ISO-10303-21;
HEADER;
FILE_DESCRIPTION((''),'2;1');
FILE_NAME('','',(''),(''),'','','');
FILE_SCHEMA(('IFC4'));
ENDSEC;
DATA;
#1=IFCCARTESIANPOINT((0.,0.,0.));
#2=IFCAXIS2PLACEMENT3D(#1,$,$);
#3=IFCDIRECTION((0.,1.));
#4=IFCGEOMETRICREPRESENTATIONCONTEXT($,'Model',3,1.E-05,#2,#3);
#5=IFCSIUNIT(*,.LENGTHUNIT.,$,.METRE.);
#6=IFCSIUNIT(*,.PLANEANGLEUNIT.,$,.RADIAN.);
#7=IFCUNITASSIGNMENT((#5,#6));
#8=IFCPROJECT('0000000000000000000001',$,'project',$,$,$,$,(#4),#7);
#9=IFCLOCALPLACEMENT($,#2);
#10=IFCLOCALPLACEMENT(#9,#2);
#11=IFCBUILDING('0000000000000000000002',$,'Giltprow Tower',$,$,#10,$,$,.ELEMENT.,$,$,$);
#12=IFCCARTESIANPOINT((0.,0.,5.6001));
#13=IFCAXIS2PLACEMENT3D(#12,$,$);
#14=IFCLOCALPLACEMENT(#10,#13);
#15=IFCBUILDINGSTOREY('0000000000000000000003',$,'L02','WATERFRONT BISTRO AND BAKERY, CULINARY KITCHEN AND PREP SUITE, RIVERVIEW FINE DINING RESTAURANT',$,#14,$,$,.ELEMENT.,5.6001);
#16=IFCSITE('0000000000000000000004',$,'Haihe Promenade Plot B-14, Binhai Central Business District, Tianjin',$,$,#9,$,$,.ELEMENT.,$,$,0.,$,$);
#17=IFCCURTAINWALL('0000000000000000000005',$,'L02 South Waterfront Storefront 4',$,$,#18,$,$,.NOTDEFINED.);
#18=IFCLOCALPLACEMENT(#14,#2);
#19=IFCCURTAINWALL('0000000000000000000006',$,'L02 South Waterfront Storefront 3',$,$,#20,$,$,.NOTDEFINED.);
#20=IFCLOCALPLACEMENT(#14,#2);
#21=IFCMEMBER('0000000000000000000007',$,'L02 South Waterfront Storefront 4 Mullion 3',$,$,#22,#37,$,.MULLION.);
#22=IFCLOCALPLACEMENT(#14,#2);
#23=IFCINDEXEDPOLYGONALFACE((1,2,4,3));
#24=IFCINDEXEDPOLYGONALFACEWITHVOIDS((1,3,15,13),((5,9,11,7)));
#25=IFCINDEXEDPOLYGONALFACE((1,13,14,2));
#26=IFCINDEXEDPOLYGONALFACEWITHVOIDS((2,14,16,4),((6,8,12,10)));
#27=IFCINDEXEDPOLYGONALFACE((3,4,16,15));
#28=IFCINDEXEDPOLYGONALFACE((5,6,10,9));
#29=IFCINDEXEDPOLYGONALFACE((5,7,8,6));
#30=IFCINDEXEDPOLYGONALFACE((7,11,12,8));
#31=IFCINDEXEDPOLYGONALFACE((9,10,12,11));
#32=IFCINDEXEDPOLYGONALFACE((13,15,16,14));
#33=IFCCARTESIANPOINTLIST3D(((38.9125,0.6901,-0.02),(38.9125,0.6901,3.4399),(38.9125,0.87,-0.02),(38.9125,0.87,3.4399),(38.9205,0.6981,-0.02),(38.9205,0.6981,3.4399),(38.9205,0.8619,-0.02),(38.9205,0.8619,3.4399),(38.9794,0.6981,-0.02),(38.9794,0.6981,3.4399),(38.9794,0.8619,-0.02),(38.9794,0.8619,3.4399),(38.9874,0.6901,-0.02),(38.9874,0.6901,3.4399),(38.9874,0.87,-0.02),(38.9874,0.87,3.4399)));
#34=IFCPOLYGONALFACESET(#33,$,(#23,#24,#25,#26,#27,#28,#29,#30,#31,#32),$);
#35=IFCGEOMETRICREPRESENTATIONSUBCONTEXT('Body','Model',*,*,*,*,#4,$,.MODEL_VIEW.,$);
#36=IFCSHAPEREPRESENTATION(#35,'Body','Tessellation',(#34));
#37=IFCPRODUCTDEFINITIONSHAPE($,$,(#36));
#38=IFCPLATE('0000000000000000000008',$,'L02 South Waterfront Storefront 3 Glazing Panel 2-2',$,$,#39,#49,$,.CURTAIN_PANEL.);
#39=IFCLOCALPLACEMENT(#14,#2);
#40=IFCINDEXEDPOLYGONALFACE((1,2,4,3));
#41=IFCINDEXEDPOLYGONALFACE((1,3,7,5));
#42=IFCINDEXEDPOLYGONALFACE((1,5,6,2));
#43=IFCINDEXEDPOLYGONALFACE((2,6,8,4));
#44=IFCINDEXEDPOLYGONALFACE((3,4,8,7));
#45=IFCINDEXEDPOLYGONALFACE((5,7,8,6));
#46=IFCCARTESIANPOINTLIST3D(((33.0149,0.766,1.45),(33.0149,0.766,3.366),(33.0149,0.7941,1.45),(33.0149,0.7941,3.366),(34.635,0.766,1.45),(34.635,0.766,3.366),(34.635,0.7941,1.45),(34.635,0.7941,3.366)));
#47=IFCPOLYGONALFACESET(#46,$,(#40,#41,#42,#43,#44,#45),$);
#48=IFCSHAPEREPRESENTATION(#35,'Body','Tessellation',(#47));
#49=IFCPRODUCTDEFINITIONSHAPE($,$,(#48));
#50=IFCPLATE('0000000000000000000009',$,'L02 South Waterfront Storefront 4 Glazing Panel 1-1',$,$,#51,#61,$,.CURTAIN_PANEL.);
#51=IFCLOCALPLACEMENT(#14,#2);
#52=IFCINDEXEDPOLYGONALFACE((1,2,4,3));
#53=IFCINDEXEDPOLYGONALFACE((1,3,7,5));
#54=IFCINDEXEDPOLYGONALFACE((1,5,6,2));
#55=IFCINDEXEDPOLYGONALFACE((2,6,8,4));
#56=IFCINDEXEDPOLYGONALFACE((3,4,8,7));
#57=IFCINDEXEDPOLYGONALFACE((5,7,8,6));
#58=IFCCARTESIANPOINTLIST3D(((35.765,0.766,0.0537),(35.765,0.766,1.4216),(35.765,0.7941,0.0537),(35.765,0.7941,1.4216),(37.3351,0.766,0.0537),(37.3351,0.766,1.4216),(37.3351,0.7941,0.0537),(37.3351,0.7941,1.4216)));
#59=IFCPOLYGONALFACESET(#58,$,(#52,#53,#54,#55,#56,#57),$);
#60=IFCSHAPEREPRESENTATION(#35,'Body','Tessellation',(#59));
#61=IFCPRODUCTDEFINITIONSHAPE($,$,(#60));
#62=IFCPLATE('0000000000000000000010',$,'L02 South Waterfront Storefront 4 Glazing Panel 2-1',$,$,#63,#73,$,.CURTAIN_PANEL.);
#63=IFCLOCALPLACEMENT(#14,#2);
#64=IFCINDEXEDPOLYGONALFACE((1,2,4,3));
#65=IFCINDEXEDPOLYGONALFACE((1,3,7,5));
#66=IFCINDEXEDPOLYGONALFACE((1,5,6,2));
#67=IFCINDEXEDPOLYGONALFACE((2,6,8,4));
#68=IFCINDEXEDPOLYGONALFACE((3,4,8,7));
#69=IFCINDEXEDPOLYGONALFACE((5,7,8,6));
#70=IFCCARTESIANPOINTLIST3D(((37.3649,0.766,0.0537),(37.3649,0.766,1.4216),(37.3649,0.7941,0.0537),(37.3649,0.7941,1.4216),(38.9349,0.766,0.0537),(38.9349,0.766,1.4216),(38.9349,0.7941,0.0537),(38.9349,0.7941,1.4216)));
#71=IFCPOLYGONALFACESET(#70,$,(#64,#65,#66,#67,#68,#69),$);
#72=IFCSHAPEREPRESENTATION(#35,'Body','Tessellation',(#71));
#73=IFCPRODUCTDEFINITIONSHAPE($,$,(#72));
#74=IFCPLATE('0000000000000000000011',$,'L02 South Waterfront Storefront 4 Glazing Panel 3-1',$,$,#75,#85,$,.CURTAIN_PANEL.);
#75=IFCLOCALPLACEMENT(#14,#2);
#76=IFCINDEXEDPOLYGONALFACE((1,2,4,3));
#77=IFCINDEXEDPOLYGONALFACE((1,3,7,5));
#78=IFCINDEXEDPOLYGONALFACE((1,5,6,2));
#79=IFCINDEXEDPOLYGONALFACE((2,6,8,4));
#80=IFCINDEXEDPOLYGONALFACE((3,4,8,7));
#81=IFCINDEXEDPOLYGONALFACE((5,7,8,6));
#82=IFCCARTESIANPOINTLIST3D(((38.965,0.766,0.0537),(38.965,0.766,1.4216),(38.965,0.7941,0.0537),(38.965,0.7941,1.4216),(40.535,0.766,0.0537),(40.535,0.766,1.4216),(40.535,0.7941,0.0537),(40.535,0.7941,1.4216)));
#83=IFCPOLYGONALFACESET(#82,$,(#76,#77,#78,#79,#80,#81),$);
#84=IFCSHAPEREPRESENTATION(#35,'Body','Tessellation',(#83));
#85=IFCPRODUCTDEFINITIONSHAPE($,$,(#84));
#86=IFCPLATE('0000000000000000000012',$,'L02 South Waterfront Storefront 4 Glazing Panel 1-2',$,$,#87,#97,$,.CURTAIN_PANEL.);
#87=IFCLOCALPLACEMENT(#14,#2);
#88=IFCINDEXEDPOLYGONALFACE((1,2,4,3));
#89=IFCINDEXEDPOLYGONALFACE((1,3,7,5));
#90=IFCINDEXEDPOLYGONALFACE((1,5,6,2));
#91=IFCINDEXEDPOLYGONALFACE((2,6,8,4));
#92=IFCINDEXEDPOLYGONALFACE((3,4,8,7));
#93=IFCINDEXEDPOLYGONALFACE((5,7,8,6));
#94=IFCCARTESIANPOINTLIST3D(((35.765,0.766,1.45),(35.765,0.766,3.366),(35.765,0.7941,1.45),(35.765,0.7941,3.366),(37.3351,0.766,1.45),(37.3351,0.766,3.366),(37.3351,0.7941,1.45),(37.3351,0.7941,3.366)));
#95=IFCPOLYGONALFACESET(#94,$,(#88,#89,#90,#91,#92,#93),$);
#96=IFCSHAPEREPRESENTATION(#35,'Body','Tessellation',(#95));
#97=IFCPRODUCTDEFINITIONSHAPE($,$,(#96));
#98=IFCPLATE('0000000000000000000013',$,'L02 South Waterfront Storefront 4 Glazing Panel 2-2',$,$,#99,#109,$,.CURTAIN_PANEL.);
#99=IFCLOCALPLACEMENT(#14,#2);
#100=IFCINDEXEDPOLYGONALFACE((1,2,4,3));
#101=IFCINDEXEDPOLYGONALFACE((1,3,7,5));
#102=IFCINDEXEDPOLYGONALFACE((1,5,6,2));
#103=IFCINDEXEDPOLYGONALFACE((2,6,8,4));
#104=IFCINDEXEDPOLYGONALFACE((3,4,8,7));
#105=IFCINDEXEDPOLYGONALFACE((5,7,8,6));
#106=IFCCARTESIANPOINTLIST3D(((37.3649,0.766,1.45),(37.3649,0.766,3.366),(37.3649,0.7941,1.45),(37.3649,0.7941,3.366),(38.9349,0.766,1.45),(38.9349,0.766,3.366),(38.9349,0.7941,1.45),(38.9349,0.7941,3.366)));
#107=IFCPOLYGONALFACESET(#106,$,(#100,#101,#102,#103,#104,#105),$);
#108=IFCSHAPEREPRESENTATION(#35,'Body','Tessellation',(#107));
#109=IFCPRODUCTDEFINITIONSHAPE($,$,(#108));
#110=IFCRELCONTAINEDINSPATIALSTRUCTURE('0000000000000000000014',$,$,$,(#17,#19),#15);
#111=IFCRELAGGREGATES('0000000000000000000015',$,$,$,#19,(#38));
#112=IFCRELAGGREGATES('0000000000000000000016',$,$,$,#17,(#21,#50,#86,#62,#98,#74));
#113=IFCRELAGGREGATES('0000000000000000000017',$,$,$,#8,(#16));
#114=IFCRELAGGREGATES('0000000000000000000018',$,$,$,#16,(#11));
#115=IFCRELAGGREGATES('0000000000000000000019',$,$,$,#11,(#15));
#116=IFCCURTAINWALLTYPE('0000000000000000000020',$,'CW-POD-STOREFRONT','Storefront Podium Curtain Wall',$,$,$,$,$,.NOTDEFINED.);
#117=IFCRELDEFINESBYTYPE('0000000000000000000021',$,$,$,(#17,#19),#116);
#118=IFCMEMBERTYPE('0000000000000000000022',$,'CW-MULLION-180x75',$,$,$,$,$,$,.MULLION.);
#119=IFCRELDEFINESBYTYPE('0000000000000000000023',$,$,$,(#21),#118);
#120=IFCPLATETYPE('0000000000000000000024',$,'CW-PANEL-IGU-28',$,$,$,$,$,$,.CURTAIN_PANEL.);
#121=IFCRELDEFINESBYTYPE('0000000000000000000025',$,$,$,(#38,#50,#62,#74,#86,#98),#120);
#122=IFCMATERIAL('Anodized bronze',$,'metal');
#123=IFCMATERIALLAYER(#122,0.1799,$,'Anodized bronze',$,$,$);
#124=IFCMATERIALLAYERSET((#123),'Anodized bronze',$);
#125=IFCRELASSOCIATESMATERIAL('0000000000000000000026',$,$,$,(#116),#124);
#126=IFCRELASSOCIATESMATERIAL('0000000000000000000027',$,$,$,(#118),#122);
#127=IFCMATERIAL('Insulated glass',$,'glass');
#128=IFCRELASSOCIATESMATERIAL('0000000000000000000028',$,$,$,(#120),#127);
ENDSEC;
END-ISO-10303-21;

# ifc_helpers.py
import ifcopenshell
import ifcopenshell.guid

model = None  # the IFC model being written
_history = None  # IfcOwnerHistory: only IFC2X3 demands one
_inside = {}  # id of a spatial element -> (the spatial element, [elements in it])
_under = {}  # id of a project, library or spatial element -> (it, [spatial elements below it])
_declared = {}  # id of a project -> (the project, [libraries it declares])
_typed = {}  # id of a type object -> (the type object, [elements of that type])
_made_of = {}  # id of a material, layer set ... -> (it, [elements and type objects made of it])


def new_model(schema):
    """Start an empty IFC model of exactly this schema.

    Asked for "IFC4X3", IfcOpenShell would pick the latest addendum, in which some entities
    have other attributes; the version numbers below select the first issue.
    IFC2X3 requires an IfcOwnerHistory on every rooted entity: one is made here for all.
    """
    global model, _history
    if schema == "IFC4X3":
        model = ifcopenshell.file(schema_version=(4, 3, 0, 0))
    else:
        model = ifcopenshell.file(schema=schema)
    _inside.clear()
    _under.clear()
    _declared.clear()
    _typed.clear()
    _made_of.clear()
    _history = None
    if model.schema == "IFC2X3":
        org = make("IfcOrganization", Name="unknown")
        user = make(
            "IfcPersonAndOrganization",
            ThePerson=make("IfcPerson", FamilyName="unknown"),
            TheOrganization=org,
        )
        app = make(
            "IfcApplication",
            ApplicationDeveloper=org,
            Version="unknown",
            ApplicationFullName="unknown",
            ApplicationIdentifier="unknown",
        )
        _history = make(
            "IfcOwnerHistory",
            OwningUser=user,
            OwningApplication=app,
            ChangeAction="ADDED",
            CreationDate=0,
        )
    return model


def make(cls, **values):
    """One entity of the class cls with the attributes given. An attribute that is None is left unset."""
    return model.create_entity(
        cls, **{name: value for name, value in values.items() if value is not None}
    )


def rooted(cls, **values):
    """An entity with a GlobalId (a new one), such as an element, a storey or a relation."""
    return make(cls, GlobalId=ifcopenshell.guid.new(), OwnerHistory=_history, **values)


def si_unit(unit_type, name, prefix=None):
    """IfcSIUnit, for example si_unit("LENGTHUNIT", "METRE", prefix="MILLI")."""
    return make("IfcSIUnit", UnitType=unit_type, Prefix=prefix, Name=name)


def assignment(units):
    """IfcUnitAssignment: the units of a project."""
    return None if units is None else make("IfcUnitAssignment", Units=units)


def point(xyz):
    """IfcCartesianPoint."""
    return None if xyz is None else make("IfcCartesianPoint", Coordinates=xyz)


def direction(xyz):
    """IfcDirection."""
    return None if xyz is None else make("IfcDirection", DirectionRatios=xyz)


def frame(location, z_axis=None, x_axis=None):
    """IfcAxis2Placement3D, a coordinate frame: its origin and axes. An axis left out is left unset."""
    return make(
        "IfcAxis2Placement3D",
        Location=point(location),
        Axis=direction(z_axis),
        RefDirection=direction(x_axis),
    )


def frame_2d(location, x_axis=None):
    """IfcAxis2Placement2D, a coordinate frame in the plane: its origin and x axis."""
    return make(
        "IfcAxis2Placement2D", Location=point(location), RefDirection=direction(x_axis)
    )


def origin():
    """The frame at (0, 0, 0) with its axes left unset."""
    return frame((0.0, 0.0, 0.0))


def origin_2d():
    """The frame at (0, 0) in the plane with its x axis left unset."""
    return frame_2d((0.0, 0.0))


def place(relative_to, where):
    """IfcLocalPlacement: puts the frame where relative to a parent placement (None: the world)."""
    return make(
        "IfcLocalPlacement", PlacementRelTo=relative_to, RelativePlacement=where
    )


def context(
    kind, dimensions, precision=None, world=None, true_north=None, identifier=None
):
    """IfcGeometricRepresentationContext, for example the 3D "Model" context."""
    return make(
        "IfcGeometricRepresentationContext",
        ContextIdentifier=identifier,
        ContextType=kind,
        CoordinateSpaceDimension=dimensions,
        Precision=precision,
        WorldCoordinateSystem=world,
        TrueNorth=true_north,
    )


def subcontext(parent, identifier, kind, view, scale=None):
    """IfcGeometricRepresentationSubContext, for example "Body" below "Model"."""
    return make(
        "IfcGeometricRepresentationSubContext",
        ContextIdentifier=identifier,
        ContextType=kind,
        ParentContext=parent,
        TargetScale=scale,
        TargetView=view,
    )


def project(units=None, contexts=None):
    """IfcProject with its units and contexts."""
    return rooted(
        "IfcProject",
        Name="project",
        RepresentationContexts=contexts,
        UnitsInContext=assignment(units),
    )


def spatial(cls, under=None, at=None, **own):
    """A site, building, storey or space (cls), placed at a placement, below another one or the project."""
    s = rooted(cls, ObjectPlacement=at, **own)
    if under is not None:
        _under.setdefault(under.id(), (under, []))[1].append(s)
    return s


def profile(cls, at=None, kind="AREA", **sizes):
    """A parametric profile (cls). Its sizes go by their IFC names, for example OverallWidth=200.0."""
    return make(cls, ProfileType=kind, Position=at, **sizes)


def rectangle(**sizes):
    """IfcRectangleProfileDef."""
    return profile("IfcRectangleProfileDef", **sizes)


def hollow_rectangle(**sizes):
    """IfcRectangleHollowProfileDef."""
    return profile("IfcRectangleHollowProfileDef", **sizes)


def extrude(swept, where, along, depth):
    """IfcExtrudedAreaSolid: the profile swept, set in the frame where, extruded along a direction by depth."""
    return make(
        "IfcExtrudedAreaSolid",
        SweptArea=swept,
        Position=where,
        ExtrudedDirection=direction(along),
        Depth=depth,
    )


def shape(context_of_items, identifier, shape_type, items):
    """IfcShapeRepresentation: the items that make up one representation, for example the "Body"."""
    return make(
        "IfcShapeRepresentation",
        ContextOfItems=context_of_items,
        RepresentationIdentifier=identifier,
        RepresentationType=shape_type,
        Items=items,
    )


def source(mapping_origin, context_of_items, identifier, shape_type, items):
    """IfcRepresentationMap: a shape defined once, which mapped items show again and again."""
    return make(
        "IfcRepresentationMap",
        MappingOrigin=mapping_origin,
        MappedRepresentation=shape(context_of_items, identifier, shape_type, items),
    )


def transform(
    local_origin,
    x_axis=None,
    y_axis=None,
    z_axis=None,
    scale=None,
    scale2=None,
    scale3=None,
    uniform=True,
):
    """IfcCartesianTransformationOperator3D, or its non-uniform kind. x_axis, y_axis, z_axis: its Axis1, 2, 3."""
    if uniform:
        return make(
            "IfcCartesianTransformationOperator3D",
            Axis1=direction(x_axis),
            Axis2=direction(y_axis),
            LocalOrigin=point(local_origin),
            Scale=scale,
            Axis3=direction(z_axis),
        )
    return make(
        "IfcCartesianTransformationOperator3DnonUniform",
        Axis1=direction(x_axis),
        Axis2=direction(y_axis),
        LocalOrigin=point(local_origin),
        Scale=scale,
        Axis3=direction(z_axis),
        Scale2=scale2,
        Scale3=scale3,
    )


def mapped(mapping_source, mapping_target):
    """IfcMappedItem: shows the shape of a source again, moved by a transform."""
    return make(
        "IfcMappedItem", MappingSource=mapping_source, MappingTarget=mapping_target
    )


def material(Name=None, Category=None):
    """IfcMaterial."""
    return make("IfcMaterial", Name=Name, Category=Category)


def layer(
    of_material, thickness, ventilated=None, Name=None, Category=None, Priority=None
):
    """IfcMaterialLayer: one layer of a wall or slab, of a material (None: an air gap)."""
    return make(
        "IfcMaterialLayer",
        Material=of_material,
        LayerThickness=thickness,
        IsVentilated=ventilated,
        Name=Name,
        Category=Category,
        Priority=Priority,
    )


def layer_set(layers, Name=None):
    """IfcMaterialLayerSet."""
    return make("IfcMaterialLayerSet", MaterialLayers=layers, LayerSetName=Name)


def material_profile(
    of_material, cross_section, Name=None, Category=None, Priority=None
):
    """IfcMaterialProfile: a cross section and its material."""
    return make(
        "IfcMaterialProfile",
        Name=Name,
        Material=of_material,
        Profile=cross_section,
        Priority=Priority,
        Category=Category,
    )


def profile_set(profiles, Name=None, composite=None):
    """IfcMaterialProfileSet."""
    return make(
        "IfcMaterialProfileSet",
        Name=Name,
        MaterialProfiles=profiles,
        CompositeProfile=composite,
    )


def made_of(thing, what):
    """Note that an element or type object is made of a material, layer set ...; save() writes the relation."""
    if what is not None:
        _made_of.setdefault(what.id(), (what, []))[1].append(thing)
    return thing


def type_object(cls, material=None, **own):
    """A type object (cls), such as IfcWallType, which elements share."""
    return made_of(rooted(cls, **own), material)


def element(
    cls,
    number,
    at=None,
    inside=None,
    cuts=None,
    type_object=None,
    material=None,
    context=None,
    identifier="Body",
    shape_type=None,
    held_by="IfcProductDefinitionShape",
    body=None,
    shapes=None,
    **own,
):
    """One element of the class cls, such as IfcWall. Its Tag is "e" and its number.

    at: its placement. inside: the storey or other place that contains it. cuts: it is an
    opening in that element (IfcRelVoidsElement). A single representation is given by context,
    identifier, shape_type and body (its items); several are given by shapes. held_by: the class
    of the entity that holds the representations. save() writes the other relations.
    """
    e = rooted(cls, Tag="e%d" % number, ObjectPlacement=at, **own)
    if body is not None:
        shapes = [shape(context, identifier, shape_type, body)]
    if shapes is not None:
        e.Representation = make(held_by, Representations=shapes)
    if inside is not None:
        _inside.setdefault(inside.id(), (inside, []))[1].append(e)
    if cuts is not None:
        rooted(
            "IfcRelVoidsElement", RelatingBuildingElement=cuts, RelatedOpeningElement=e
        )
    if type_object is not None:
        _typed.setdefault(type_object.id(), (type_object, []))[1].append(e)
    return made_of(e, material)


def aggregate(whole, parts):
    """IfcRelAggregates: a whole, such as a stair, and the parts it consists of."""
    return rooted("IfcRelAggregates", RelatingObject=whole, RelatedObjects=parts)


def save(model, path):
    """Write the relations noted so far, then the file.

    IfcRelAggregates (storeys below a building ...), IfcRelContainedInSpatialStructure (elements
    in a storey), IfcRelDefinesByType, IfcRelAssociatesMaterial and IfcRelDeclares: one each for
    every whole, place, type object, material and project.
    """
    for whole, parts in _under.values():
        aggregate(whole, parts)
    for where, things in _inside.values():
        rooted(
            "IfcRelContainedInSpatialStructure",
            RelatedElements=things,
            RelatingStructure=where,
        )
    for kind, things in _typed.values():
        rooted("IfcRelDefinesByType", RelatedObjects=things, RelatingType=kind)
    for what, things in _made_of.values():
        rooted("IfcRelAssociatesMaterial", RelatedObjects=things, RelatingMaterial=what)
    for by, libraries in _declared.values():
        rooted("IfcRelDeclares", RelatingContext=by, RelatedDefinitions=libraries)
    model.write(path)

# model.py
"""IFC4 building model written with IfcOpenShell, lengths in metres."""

from ifc_helpers import new_model, si_unit, direction, frame, origin, origin_2d, place, context, subcontext, project, spatial, rectangle, hollow_rectangle, extrude, source, transform, mapped, material, layer, layer_set, material_profile, profile_set, type_object, element, aggregate, save


model = new_model("IFC4")

# Units and contexts
model_context = context("Model", 3, precision=1e-05, world=origin(), true_north=direction((0.0, 1.0)))
body_context = subcontext(model_context, "Body", "Model", "MODEL_VIEW")
ifc_project = project(units=[si_unit("LENGTHUNIT", "METRE"), si_unit("PLANEANGLEUNIT", "RADIAN")], contexts=[model_context])

# Site, building, storey
site_placement = place(None, origin())
site = spatial("IfcSite", under=ifc_project, at=site_placement, Name="Haihe Promenade Plot B-14, Binhai Central Business District, Tianjin", CompositionType="ELEMENT", RefElevation=0.0)
building_placement = place(site_placement, origin())
building = spatial("IfcBuilding", under=site, at=building_placement, Name="Giltprow Tower", CompositionType="ELEMENT")
storey_placement = place(building_placement, frame((0.0, 0.0, 5.6001)))
storey = spatial("IfcBuildingStorey", under=building, at=storey_placement, Name="L02", Description="WATERFRONT BISTRO AND BAKERY, CULINARY KITCHEN AND PREP SUITE, RIVERVIEW FINE DINING RESTAURANT", CompositionType="ELEMENT", Elevation=5.6001)

# Curtain wall
ifc_material_1 = material(Name="Anodized bronze", Category="metal")
ifc_layer = layer(ifc_material_1, 0.1799, Name="Anodized bronze")
ifc_layer_set = layer_set([ifc_layer], Name="Anodized bronze")
curtain_wall_type = type_object("IfcCurtainWallType", Name="CW-POD-STOREFRONT", Description="Storefront Podium Curtain Wall", PredefinedType="NOTDEFINED", material=ifc_layer_set)
curtain_wall_1_placement = place(storey_placement, origin())
curtain_wall_1 = element("IfcCurtainWall", 1, at=curtain_wall_1_placement, inside=storey, type_object=curtain_wall_type, Name="L02 South Waterfront Storefront 4", PredefinedType="NOTDEFINED")

# Curtain wall
curtain_wall_2_placement = place(storey_placement, origin())
curtain_wall_2 = element("IfcCurtainWall", 2, at=curtain_wall_2_placement, inside=storey, type_object=curtain_wall_type, Name="L02 South Waterfront Storefront 3", PredefinedType="NOTDEFINED")
ifc_material_profile_1 = material_profile(ifc_material_1, hollow_rectangle(XDim=0.075, YDim=0.1799, WallThickness=0.0081, at=origin_2d()), Name="RHS 180x75x8")
ifc_profile_set_1 = profile_set([ifc_material_profile_1], Name="Anodized bronze")
member_type_1 = type_object("IfcMemberType", Name="CW-MULLION-180x75", PredefinedType="MULLION", material=ifc_profile_set_1)
shared_shape_1 = source(origin(), body_context, "Body", "SweptSolid", [
    extrude(hollow_rectangle(XDim=0.075, YDim=0.1799, WallThickness=0.0081, at=origin_2d()), origin(), (0.0, 0.0, 1.0), 3.46),
])

# Member
member_1_placement = place(storey_placement, frame((38.95, 0.78, -0.02), z_axis=(0.0, 0.0, 1.0), x_axis=(1.0, 0.0, 0.0)))
member_1 = element("IfcMember", 3, at=member_1_placement, type_object=member_type_1, Name="L02 South Waterfront Storefront 4 Mullion 3", PredefinedType="MULLION", context=body_context, shape_type="MappedRepresentation", body=[
    mapped(shared_shape_1, transform((0.0, 0.0, 0.0), x_axis=(1.0, 0.0, 0.0), y_axis=(0.0, 1.0, 0.0), z_axis=(0.0, 0.0, 1.0), scale=1.0)),
])

# Plates
ifc_material_2 = material(Name="Insulated glass", Category="glass")
plate_type = type_object("IfcPlateType", Name="CW-PANEL-IGU-28", PredefinedType="CURTAIN_PANEL", material=ifc_material_2)
shared_shape_2 = source(origin(), body_context, "Body", "SweptSolid", [
    extrude(rectangle(XDim=1.6201, YDim=0.0281, at=origin_2d()), origin(), (0.0, 0.0, 1.0), 1.916),
])
plate_1_placement = place(storey_placement, frame((33.825, 0.78, 1.45), z_axis=(0.0, 0.0, 1.0), x_axis=(1.0, 0.0, 0.0)))
plate_1 = element("IfcPlate", 4, at=plate_1_placement, type_object=plate_type, Name="L02 South Waterfront Storefront 3 Glazing Panel 2-2", PredefinedType="CURTAIN_PANEL", context=body_context, shape_type="MappedRepresentation", body=[
    mapped(shared_shape_2, transform((0.0, 0.0, 0.0), x_axis=(1.0, 0.0, 0.0), y_axis=(0.0, 1.0, 0.0), z_axis=(0.0, 0.0, 1.0), scale=1.0)),
])
aggregate(curtain_wall_2, [plate_1])
shared_shape_3 = source(origin(), body_context, "Body", "SweptSolid", [
    extrude(rectangle(XDim=1.5701, YDim=0.0281, at=origin_2d()), origin(), (0.0, 0.0, 1.0), 1.3679),
])
plate_2_placement = place(storey_placement, frame((36.55, 0.78, 0.0537), z_axis=(0.0, 0.0, 1.0), x_axis=(1.0, 0.0, 0.0)))
plate_2 = element("IfcPlate", 5, at=plate_2_placement, type_object=plate_type, Name="L02 South Waterfront Storefront 4 Glazing Panel 1-1", PredefinedType="CURTAIN_PANEL", context=body_context, shape_type="MappedRepresentation", body=[
    mapped(shared_shape_3, transform((0.0, 0.0, 0.0), x_axis=(1.0, 0.0, 0.0), y_axis=(0.0, 1.0, 0.0), z_axis=(0.0, 0.0, 1.0), scale=1.0)),
])
plate_3_placement = place(storey_placement, frame((38.1499, 0.78, 0.0537), z_axis=(0.0, 0.0, 1.0), x_axis=(1.0, 0.0, 0.0)))
plate_3 = element("IfcPlate", 6, at=plate_3_placement, type_object=plate_type, Name="L02 South Waterfront Storefront 4 Glazing Panel 2-1", PredefinedType="CURTAIN_PANEL", context=body_context, shape_type="MappedRepresentation", body=[
    mapped(shared_shape_3, transform((0.0, 0.0, 0.0), x_axis=(1.0, 0.0, 0.0), y_axis=(0.0, 1.0, 0.0), z_axis=(0.0, 0.0, 1.0), scale=1.0)),
])
plate_4_placement = place(storey_placement, frame((39.75, 0.78, 0.0537), z_axis=(0.0, 0.0, 1.0), x_axis=(1.0, 0.0, 0.0)))
plate_4 = element("IfcPlate", 7, at=plate_4_placement, type_object=plate_type, Name="L02 South Waterfront Storefront 4 Glazing Panel 3-1", PredefinedType="CURTAIN_PANEL", context=body_context, shape_type="MappedRepresentation", body=[
    mapped(shared_shape_3, transform((0.0, 0.0, 0.0), x_axis=(1.0, 0.0, 0.0), y_axis=(0.0, 1.0, 0.0), z_axis=(0.0, 0.0, 1.0), scale=1.0)),
])
shared_shape_4 = source(origin(), body_context, "Body", "SweptSolid", [
    extrude(rectangle(XDim=1.5701, YDim=0.0281, at=origin_2d()), origin(), (0.0, 0.0, 1.0), 1.916),
])
plate_5_placement = place(storey_placement, frame((36.55, 0.78, 1.45), z_axis=(0.0, 0.0, 1.0), x_axis=(1.0, 0.0, 0.0)))
plate_5 = element("IfcPlate", 8, at=plate_5_placement, type_object=plate_type, Name="L02 South Waterfront Storefront 4 Glazing Panel 1-2", PredefinedType="CURTAIN_PANEL", context=body_context, shape_type="MappedRepresentation", body=[
    mapped(shared_shape_4, transform((0.0, 0.0, 0.0), x_axis=(1.0, 0.0, 0.0), y_axis=(0.0, 1.0, 0.0), z_axis=(0.0, 0.0, 1.0), scale=1.0)),
])
plate_6_placement = place(storey_placement, frame((38.1499, 0.78, 1.45), z_axis=(0.0, 0.0, 1.0), x_axis=(1.0, 0.0, 0.0)))
plate_6 = element("IfcPlate", 9, at=plate_6_placement, type_object=plate_type, Name="L02 South Waterfront Storefront 4 Glazing Panel 2-2", PredefinedType="CURTAIN_PANEL", context=body_context, shape_type="MappedRepresentation", body=[
    mapped(shared_shape_4, transform((0.0, 0.0, 0.0), x_axis=(1.0, 0.0, 0.0), y_axis=(0.0, 1.0, 0.0), z_axis=(0.0, 0.0, 1.0), scale=1.0)),
])
aggregate(curtain_wall_1, [member_1, plate_2, plate_5, plate_3, plate_6, plate_4])

save(model, "model.ifc")
